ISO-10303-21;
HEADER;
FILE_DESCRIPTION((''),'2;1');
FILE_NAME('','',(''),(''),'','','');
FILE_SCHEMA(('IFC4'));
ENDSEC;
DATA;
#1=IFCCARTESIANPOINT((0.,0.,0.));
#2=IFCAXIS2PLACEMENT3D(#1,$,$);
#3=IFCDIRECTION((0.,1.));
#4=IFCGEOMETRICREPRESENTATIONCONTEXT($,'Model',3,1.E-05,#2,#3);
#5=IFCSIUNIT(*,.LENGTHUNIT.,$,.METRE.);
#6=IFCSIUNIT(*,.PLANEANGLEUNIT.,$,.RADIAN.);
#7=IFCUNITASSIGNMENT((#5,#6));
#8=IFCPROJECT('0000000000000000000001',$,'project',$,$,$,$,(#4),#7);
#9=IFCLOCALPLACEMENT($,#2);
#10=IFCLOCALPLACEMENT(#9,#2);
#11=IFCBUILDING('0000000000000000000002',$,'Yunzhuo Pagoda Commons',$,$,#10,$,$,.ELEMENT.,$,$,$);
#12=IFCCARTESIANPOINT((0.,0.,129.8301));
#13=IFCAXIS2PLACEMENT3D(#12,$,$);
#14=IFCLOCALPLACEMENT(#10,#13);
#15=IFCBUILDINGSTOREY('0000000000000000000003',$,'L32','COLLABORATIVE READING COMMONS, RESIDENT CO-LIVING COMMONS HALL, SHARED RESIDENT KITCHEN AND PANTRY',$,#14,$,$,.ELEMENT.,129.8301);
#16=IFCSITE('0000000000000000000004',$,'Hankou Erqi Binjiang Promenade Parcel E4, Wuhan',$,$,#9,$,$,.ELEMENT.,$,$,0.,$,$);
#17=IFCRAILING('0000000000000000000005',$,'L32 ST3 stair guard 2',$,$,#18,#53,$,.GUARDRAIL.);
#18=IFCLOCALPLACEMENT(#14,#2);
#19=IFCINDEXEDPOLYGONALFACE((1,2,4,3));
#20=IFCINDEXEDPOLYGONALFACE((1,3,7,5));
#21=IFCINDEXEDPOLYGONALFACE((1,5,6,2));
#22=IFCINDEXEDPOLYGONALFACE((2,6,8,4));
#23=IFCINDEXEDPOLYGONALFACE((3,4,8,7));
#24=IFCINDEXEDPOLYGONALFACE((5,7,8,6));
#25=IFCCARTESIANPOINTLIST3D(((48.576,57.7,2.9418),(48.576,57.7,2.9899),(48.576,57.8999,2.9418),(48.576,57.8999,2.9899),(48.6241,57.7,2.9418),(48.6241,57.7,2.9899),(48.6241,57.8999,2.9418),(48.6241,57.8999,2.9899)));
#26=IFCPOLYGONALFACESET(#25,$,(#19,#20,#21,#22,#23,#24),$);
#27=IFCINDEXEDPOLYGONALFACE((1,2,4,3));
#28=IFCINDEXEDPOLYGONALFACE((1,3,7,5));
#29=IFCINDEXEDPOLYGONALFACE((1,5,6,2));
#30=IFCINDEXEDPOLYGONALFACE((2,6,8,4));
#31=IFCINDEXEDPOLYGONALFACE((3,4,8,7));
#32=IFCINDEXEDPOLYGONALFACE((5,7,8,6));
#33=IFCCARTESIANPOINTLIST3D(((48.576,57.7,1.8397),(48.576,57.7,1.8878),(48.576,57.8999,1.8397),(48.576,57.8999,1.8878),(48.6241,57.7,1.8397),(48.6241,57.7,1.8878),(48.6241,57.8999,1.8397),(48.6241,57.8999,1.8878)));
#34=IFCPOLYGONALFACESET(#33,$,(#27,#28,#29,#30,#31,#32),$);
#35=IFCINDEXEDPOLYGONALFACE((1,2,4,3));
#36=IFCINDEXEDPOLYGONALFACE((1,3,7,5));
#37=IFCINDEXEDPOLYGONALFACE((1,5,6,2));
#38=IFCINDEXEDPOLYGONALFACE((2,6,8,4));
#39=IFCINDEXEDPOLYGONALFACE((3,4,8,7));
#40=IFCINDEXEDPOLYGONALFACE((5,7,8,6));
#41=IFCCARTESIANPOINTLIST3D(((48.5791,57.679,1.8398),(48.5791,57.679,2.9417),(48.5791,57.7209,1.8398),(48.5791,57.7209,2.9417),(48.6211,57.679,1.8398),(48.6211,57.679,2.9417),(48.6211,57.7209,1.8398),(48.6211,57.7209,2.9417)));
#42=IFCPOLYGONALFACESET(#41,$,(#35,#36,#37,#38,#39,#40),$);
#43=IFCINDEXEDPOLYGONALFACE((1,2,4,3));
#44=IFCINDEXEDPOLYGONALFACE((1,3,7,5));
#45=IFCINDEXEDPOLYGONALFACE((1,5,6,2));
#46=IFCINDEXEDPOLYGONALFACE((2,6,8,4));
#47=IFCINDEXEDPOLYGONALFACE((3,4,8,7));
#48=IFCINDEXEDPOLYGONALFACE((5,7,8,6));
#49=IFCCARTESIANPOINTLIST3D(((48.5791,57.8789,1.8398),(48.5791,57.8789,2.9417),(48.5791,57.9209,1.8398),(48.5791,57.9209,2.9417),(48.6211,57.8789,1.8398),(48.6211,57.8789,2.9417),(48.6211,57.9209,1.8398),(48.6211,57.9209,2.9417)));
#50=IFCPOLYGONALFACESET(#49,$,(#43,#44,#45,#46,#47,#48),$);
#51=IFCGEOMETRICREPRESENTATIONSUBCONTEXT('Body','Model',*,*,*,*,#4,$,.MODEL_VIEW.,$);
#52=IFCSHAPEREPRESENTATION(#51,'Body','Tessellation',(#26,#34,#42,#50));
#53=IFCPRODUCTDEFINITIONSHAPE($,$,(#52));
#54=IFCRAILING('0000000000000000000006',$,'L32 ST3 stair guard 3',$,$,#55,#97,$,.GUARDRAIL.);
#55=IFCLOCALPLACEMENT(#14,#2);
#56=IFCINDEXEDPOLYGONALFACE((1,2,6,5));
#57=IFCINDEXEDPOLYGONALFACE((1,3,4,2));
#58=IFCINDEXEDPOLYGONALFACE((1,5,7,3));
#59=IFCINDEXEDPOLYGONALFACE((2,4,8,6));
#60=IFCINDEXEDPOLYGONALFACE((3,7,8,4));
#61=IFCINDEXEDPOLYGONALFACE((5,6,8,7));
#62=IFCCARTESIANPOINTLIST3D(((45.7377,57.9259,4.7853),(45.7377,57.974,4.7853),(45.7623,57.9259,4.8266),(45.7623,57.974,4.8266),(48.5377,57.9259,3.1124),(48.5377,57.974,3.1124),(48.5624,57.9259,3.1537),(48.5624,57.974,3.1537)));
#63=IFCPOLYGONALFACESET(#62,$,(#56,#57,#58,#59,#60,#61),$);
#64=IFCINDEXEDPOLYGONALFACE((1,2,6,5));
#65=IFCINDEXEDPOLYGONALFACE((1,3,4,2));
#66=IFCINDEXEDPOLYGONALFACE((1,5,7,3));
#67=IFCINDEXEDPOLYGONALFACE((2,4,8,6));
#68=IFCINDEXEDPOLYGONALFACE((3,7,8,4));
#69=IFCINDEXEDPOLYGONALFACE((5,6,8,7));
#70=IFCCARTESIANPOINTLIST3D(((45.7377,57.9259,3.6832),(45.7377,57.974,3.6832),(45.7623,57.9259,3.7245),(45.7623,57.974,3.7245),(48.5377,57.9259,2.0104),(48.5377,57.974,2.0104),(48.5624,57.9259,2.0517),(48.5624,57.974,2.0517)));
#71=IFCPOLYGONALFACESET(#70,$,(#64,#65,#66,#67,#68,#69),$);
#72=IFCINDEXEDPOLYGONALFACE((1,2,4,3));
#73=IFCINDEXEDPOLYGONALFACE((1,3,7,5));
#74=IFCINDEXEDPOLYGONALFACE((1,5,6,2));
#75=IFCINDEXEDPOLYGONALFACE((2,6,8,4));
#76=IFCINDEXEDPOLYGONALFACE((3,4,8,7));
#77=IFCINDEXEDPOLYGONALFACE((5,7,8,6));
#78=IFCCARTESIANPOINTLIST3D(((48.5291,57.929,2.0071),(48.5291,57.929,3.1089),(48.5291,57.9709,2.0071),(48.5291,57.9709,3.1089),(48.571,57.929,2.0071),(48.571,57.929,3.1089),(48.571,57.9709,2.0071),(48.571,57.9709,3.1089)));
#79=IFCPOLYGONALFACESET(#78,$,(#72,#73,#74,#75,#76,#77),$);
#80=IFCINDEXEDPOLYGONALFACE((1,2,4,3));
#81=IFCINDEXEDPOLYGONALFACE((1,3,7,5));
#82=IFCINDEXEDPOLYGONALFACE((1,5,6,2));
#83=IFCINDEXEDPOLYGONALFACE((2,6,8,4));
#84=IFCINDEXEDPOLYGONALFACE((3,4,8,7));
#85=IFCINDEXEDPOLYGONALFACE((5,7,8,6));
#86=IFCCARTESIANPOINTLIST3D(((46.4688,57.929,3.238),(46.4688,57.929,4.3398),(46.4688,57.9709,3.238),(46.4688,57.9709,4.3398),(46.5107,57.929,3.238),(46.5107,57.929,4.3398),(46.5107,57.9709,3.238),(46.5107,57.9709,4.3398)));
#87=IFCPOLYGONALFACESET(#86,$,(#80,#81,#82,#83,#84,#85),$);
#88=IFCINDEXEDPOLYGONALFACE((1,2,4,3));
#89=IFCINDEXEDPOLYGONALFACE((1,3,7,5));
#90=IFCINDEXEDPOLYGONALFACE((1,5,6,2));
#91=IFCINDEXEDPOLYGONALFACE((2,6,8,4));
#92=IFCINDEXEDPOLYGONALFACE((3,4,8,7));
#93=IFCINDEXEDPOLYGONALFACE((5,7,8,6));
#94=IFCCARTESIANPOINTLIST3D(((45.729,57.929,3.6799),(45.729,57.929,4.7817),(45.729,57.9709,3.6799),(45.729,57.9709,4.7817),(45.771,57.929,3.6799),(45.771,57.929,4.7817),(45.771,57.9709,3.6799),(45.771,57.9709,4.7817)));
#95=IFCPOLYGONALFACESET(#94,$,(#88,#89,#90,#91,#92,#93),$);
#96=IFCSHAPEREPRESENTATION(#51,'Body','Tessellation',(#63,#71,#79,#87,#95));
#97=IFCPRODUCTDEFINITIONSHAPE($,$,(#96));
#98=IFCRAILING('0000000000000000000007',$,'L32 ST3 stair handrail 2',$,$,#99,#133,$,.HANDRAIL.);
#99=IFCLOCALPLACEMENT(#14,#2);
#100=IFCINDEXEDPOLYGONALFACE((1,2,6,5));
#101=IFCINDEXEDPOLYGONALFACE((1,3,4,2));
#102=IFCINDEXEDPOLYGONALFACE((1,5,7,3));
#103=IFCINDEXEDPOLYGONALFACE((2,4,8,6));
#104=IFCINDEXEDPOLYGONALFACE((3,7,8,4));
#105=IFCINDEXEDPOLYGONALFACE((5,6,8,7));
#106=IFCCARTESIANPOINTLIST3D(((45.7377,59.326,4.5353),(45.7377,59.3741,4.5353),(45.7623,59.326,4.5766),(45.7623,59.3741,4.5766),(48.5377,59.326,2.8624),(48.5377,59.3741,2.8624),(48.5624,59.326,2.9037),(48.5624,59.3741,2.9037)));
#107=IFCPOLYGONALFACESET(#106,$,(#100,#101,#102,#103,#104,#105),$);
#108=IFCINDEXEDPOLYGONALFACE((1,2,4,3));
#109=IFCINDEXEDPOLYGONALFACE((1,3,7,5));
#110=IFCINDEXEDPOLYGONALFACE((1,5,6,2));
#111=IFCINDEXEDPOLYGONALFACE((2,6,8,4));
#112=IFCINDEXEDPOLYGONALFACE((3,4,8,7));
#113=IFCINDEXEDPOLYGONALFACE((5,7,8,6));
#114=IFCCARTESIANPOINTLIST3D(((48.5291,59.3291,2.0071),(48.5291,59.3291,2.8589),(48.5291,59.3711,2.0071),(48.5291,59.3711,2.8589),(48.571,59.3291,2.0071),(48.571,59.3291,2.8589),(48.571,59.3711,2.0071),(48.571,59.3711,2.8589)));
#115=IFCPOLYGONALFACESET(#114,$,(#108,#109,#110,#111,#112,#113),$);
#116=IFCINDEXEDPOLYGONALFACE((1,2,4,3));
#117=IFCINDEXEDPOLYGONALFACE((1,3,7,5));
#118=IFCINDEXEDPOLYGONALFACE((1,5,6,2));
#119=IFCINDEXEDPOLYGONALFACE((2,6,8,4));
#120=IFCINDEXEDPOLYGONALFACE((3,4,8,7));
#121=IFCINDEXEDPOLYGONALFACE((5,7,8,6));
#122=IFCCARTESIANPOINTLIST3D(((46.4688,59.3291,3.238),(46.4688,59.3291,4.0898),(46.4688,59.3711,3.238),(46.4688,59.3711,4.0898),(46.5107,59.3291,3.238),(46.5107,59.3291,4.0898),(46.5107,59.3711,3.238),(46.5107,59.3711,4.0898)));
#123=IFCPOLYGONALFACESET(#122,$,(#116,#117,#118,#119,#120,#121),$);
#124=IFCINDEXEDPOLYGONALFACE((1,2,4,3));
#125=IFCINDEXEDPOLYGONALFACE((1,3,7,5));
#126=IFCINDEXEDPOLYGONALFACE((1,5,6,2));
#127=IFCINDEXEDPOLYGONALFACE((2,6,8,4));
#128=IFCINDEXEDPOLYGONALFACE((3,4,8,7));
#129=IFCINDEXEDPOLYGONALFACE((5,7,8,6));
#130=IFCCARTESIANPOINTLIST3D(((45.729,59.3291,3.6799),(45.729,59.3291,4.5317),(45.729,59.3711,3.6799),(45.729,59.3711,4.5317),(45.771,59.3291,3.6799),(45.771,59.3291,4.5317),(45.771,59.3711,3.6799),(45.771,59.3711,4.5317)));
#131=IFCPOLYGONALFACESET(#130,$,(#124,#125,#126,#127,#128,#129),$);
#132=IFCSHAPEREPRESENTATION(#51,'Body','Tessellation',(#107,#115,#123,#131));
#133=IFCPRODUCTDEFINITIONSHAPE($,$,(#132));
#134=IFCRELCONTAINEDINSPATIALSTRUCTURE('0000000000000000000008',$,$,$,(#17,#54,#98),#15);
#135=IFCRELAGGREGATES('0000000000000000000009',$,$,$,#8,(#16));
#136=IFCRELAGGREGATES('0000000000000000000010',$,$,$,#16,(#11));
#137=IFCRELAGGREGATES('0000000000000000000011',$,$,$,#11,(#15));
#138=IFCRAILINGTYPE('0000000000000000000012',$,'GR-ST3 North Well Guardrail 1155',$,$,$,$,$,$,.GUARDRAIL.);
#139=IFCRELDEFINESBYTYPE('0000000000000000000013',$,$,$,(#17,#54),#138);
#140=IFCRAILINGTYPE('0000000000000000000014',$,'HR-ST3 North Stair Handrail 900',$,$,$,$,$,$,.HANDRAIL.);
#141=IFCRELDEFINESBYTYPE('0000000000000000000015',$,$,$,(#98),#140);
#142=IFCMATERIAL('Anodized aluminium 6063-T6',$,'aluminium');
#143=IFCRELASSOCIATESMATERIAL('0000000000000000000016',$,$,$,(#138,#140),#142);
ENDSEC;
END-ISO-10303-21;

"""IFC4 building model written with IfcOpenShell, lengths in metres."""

from ifc_helpers import new_model, si_unit, direction, frame, origin, origin_2d, place, context, subcontext, project, spatial, rectangle, extrude, material, type_object, element, save


model = new_model("IFC4")

# Units and contexts
model_context = context("Model", 3, precision=1e-05, world=origin(), true_north=direction((0.0, 1.0)))
body_context = subcontext(model_context, "Body", "Model", "MODEL_VIEW")
ifc_project = project(units=[si_unit("LENGTHUNIT", "METRE"), si_unit("PLANEANGLEUNIT", "RADIAN")], contexts=[model_context])

# Site, building, storey
site_placement = place(None, origin())
site = spatial("IfcSite", under=ifc_project, at=site_placement, Name="Hankou Erqi Binjiang Promenade Parcel E4, Wuhan", CompositionType="ELEMENT", RefElevation=0.0)
building_placement = place(site_placement, origin())
building = spatial("IfcBuilding", under=site, at=building_placement, Name="Yunzhuo Pagoda Commons", CompositionType="ELEMENT")
storey_placement = place(building_placement, frame((0.0, 0.0, 129.8301)))
storey = spatial("IfcBuildingStorey", under=building, at=storey_placement, Name="L32", Description="COLLABORATIVE READING COMMONS, RESIDENT CO-LIVING COMMONS HALL, SHARED RESIDENT KITCHEN AND PANTRY", CompositionType="ELEMENT", Elevation=129.8301)

# Shared definitions
ifc_material_1 = material(Name="Anodized aluminium 6063-T6", Category="aluminium")

# Railings
railing_type_1 = type_object("IfcRailingType", Name="GR-ST3 North Well Guardrail 1155", PredefinedType="GUARDRAIL", material=ifc_material_1)
railing_1_placement = place(storey_placement, frame((48.6001, 57.7, 1.8398)))
element("IfcRailing", 1, at=railing_1_placement, inside=storey, type_object=railing_type_1, Name="L32 ST3 stair guard 2", PredefinedType="GUARDRAIL", context=body_context, shape_type="SweptSolid", body=[
    extrude(rectangle(XDim=0.0481, YDim=0.0481, at=origin_2d()), frame((0.0, 0.0, 1.126), z_axis=(0.0, 1.0, 0.0), x_axis=(-1.0, 0.0, 0.0)), (0.0, 0.0, 1.0), 0.2),
    extrude(rectangle(XDim=0.0481, YDim=0.0481, at=origin_2d()), frame((0.0, 0.0, 0.0239), z_axis=(0.0, 1.0, 0.0), x_axis=(-1.0, 0.0, 0.0)), (0.0, 0.0, 1.0), 0.2),
    extrude(rectangle(XDim=0.042, YDim=0.042, at=origin_2d()), origin(), (0.0, 0.0, 1.0), 1.1018),
    extrude(rectangle(XDim=0.042, YDim=0.042, at=origin_2d()), frame((0.0, 0.2, 0.0)), (0.0, 0.0, 1.0), 1.1018),
])
railing_2_placement = place(storey_placement, frame((48.55, 57.95, 2.0071)))
element("IfcRailing", 2, at=railing_2_placement, inside=storey, type_object=railing_type_1, Name="L32 ST3 stair guard 3", PredefinedType="GUARDRAIL", context=body_context, shape_type="SweptSolid", body=[
    extrude(rectangle(XDim=0.0481, YDim=0.0481, at=origin_2d()), frame((0.0, 0.0, 1.126), z_axis=(-0.858462, 0.0, 0.512877), x_axis=(0.0, -1.0, 0.0)), (0.0, 0.0, 1.0), 3.2617),
    extrude(rectangle(XDim=0.0481, YDim=0.0481, at=origin_2d()), frame((0.0, 0.0, 0.0239), z_axis=(-0.858462, 0.0, 0.512877), x_axis=(0.0, -1.0, 0.0)), (0.0, 0.0, 1.0), 3.2617),
    extrude(rectangle(XDim=0.042, YDim=0.042, at=origin_2d()), origin(), (0.0, 0.0, 1.0), 1.1018),
    extrude(rectangle(XDim=0.042, YDim=0.042, at=origin_2d()), frame((-2.0603, 0.0, 1.231)), (0.0, 0.0, 1.0), 1.1018),
    extrude(rectangle(XDim=0.042, YDim=0.042, at=origin_2d()), frame((-2.8, 0.0, 1.6729)), (0.0, 0.0, 1.0), 1.1018),
])
railing_type_2 = type_object("IfcRailingType", Name="HR-ST3 North Stair Handrail 900", PredefinedType="HANDRAIL", material=ifc_material_1)
railing_3_placement = place(storey_placement, frame((48.55, 59.3501, 2.0071)))
element("IfcRailing", 3, at=railing_3_placement, inside=storey, type_object=railing_type_2, Name="L32 ST3 stair handrail 2", PredefinedType="HANDRAIL", context=body_context, shape_type="SweptSolid", body=[
    extrude(rectangle(XDim=0.0481, YDim=0.0481, at=origin_2d()), frame((0.0, 0.0, 0.876), z_axis=(-0.858462, 0.0, 0.512877), x_axis=(0.0, -1.0, 0.0)), (0.0, 0.0, 1.0), 3.2617),
    extrude(rectangle(XDim=0.042, YDim=0.042, at=origin_2d()), origin(), (0.0, 0.0, 1.0), 0.8518),
    extrude(rectangle(XDim=0.042, YDim=0.042, at=origin_2d()), frame((-2.0603, 0.0, 1.231)), (0.0, 0.0, 1.0), 0.8518),
    extrude(rectangle(XDim=0.042, YDim=0.042, at=origin_2d()), frame((-2.8, 0.0, 1.6729)), (0.0, 0.0, 1.0), 0.8518),
])

save(model, "model.ifc")
